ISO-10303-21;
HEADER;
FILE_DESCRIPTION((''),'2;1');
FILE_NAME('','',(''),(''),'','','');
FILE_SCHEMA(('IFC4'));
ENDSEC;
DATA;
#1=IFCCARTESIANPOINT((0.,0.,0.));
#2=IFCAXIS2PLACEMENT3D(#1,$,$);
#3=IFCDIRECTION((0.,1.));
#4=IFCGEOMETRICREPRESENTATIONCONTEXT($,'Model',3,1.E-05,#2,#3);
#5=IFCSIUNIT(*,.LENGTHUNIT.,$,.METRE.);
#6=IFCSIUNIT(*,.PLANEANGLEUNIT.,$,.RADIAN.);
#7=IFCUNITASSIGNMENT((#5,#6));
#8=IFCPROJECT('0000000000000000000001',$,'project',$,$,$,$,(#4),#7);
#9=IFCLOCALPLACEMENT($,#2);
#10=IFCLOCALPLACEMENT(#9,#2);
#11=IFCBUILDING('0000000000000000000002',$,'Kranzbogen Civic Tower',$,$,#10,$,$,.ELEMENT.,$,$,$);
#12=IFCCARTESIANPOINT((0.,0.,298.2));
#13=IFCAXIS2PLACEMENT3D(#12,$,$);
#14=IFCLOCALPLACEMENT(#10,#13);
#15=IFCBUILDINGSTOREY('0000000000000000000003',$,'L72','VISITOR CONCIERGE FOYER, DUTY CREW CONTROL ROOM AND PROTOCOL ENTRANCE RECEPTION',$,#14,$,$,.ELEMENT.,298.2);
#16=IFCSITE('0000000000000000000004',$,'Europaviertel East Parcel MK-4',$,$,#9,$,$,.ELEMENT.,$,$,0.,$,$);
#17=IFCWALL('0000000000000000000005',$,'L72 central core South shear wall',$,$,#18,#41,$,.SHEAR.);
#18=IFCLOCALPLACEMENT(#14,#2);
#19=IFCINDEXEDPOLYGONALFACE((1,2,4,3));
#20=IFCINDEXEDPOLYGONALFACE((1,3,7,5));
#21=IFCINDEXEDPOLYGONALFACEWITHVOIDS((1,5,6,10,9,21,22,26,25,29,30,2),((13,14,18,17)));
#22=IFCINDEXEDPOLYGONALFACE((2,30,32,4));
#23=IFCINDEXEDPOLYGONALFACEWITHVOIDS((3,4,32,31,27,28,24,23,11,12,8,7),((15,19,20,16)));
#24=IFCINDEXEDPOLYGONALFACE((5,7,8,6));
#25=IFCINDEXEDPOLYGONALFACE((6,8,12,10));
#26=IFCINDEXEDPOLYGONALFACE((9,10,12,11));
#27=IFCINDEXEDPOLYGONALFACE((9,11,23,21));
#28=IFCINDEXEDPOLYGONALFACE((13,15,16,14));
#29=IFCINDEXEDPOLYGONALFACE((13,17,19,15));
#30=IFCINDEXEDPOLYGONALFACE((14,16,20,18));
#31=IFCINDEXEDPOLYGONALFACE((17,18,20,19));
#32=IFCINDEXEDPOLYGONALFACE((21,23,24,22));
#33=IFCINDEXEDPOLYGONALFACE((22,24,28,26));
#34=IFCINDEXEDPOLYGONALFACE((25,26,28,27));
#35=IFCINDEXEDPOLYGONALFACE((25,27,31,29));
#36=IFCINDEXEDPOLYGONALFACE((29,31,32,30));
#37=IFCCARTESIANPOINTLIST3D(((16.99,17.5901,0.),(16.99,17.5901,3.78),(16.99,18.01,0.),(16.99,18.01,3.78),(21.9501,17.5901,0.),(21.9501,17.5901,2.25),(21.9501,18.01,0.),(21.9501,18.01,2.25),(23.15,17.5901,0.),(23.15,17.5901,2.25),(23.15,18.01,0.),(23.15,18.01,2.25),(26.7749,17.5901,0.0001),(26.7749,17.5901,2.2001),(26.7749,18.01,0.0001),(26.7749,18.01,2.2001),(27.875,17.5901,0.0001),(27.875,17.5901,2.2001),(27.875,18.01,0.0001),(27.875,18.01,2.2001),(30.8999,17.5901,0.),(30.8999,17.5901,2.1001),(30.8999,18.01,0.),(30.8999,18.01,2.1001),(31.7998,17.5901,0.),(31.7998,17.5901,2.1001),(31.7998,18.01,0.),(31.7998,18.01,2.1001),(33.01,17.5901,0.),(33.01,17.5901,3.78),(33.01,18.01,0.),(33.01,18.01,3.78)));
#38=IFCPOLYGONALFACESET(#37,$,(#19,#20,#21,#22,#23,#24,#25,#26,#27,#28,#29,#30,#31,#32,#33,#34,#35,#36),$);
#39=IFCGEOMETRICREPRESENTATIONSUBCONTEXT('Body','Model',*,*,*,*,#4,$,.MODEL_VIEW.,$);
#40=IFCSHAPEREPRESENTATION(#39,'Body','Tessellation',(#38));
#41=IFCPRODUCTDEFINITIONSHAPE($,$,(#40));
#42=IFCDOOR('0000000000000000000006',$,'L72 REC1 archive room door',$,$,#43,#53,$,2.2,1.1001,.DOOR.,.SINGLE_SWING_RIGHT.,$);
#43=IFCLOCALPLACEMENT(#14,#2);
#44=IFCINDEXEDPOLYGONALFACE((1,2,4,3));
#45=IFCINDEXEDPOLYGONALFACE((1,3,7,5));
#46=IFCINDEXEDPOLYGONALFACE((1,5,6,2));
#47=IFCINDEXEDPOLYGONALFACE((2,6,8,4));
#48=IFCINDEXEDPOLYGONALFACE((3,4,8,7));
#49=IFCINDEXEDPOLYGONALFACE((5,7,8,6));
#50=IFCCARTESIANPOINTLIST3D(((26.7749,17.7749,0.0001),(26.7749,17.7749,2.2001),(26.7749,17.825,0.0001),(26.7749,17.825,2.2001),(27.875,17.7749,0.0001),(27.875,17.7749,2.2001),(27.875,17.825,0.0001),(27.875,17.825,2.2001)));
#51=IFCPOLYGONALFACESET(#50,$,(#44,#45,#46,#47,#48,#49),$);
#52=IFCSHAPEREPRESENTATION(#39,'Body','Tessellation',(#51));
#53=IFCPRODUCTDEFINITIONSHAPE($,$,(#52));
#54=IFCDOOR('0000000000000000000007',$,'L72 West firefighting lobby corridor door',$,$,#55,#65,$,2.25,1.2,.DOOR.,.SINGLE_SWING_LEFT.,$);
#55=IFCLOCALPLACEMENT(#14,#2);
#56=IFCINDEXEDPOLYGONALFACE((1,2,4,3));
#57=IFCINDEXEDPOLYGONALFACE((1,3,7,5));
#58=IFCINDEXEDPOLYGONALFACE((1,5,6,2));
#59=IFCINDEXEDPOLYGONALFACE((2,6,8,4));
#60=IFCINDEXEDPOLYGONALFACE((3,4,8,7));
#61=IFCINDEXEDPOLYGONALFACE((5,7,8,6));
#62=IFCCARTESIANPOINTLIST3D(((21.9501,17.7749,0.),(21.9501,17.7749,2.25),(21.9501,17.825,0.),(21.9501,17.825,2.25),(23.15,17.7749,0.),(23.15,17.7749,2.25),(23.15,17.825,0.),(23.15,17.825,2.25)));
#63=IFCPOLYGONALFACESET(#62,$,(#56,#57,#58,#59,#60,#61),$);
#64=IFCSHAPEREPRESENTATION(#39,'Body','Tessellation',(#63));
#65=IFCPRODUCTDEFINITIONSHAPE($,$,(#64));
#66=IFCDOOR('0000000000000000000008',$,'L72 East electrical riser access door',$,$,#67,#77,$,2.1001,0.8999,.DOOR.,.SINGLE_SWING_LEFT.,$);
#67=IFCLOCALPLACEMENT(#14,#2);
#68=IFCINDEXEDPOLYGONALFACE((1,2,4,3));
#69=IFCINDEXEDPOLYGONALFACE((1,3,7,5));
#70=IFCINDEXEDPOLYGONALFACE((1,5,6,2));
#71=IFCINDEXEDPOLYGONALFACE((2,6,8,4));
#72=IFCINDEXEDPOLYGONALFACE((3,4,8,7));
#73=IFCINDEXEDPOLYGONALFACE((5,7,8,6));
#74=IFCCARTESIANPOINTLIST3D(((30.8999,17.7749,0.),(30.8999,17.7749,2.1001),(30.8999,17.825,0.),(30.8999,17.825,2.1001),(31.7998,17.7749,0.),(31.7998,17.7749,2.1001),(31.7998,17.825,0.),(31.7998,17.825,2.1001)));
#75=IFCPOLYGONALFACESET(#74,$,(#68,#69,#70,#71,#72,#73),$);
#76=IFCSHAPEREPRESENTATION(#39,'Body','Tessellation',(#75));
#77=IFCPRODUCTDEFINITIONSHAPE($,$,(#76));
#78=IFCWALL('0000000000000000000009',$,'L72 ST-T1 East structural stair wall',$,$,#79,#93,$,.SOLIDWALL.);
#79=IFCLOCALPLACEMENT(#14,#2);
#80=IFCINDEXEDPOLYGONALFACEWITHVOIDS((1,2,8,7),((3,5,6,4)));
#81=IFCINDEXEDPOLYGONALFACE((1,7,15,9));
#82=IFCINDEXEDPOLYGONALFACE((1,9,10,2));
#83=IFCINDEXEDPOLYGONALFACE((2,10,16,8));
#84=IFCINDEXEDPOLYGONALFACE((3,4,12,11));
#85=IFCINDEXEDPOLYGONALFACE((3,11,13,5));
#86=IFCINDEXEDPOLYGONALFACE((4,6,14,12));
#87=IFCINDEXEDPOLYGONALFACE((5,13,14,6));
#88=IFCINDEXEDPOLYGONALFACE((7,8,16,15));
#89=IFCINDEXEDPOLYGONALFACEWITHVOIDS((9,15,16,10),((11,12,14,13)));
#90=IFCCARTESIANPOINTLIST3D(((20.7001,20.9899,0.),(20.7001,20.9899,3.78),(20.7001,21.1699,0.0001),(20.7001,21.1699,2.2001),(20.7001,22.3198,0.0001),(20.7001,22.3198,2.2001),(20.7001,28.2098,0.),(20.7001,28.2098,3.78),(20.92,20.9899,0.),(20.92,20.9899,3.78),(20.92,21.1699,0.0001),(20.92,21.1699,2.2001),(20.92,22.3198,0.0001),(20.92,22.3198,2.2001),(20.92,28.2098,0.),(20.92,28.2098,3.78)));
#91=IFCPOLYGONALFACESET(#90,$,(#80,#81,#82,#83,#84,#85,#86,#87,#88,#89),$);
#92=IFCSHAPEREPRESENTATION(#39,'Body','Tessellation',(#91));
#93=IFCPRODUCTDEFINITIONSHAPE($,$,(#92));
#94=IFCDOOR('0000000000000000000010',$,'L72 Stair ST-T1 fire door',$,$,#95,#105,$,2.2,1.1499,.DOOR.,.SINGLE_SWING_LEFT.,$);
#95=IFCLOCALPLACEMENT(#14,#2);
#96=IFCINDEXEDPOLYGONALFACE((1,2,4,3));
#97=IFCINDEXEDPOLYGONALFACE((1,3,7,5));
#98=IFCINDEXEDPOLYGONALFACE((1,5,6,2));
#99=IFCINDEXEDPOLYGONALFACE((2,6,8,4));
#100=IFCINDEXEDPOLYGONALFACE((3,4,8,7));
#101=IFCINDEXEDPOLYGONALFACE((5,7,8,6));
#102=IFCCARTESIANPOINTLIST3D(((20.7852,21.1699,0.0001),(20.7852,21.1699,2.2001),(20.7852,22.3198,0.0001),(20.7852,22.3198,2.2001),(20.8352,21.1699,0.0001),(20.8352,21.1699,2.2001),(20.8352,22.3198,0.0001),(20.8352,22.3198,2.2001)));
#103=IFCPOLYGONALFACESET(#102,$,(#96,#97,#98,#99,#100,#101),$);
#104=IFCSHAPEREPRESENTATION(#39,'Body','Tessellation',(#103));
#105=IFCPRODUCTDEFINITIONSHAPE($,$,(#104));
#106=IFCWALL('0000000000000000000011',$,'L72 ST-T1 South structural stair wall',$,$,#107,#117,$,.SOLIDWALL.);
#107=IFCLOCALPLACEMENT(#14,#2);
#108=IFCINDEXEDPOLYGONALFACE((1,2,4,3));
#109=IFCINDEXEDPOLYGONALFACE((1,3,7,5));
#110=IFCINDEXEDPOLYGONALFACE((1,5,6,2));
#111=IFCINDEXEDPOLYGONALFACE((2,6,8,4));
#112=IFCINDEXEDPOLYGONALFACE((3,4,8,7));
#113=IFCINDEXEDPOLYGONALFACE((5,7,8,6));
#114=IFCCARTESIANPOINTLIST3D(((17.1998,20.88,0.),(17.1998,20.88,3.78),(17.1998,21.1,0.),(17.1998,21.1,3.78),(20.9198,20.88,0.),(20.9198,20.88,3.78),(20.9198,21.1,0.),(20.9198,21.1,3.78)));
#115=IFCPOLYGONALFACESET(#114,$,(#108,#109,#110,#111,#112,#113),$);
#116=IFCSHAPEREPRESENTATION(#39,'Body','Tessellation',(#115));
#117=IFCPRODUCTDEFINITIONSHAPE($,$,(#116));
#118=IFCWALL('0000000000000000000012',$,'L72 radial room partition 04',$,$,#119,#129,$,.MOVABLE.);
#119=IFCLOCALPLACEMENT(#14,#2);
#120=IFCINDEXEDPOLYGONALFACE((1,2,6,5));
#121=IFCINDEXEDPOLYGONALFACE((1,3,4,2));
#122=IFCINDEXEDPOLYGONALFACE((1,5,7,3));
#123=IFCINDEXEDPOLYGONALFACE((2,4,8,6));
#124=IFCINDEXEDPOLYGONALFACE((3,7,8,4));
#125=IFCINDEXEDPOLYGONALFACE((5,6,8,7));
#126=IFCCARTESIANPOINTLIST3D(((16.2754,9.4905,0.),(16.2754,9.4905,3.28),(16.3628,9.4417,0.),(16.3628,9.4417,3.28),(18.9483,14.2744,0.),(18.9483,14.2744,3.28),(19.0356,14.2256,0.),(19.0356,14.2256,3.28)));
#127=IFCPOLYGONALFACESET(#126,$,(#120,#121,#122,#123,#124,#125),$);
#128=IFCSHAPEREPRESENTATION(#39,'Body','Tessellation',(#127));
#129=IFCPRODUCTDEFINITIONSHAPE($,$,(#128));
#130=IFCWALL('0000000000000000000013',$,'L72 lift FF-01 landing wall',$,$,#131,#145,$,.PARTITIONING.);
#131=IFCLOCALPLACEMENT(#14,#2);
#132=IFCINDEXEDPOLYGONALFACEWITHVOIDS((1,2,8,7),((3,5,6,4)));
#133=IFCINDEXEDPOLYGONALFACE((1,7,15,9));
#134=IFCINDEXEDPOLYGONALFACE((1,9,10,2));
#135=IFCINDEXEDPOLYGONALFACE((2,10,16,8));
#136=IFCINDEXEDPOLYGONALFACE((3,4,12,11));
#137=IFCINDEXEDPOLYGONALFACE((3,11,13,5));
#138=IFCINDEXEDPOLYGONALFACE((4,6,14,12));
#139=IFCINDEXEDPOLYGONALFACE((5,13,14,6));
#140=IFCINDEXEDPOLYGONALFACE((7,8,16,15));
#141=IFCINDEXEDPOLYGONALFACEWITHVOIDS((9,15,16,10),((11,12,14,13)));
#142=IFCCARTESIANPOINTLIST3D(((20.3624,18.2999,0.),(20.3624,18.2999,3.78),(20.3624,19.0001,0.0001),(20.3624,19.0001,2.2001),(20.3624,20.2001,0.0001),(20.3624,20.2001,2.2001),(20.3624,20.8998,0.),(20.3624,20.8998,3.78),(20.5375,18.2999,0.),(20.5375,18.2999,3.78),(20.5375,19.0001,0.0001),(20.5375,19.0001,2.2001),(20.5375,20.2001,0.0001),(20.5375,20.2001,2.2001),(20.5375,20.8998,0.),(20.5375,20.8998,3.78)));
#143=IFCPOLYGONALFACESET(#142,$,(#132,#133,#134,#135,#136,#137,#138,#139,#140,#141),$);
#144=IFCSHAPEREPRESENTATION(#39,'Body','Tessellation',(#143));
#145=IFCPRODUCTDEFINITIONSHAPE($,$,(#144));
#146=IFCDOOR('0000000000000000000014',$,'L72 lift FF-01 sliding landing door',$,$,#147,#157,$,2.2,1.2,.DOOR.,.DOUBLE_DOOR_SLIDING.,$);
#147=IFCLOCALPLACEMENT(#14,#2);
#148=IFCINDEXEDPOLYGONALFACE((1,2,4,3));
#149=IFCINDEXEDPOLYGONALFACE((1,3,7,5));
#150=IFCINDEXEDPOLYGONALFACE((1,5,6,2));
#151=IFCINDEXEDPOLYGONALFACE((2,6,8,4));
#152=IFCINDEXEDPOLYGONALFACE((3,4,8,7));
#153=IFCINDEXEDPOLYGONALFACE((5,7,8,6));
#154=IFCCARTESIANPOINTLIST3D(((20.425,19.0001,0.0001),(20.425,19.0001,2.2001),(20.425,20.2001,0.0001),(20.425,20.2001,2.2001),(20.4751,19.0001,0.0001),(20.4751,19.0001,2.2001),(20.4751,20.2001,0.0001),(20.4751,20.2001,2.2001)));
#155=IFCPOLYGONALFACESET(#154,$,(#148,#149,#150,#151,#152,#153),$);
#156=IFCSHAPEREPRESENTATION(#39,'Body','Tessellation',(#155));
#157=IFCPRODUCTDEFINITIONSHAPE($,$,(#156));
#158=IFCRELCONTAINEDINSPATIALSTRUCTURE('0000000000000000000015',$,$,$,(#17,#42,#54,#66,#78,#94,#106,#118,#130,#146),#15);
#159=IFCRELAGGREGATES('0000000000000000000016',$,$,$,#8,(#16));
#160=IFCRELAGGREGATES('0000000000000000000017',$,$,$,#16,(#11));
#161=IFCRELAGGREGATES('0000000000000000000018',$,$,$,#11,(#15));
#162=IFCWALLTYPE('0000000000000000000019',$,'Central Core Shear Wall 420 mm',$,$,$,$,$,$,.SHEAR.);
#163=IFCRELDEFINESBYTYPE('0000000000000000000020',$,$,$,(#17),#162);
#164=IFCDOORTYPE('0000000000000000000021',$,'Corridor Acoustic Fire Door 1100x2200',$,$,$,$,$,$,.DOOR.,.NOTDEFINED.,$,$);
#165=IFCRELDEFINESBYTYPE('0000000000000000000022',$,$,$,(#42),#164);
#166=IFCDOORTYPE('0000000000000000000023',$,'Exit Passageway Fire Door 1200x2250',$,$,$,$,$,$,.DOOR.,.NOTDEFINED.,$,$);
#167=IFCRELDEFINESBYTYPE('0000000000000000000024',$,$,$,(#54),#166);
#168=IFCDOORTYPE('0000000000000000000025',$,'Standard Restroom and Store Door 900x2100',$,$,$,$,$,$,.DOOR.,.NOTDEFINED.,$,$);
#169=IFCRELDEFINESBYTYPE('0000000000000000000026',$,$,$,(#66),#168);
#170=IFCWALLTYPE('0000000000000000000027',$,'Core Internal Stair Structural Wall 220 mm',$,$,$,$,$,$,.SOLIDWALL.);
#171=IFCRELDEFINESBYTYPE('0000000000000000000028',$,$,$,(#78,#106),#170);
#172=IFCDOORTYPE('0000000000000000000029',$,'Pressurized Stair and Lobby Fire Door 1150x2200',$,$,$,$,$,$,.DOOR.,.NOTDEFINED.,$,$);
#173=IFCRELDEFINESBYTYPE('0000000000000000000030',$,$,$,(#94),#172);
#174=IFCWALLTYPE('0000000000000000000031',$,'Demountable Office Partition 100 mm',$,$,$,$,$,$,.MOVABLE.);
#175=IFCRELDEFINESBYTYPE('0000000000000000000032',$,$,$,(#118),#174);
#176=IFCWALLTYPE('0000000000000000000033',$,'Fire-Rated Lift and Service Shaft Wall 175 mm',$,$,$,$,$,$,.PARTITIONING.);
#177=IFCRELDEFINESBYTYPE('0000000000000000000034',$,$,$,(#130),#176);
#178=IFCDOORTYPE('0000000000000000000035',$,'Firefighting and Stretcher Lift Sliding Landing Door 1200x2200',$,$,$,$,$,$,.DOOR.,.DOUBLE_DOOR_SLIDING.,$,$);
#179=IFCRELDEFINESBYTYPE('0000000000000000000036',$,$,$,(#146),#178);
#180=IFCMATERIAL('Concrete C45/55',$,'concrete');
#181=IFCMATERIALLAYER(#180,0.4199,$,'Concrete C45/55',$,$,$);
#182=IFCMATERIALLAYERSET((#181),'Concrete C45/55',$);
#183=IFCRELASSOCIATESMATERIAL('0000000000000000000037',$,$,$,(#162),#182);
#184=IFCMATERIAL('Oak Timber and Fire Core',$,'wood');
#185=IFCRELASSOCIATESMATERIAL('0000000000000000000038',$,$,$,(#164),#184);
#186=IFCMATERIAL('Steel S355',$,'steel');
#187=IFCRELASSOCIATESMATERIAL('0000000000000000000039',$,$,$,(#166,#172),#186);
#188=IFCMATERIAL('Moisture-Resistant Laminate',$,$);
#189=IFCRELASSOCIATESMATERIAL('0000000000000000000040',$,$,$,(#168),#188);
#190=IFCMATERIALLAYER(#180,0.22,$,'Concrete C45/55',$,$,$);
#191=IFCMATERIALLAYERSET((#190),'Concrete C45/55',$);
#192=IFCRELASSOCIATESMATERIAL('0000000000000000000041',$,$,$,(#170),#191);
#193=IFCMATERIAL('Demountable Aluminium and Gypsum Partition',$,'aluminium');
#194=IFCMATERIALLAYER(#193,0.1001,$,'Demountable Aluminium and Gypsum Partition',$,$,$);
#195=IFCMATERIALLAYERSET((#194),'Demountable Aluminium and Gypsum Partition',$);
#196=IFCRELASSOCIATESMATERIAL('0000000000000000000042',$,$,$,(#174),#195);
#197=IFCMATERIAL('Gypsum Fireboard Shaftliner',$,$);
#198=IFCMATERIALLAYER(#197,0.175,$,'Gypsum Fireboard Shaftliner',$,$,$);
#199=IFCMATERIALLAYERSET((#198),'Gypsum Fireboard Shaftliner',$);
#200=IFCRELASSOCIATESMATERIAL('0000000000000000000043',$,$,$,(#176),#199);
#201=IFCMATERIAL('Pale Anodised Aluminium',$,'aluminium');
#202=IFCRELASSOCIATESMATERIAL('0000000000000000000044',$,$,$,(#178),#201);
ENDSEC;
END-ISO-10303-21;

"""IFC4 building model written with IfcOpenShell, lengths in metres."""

from ifc_helpers import new_model, si_unit, direction, frame, frame_2d, origin, place, context, subcontext, project, spatial, rectangle, extrude, material, layer, layer_set, type_object, element, fill, save


model = new_model("IFC4")

# Units and contexts
model_context = context("Model", 3, precision=1e-05, world=origin(), true_north=direction((0.0, 1.0)))
body_context = subcontext(model_context, "Body", "Model", "MODEL_VIEW")
ifc_project = project(units=[si_unit("LENGTHUNIT", "METRE"), si_unit("PLANEANGLEUNIT", "RADIAN")], contexts=[model_context])

# Site, building, storey
site_placement = place(None, origin())
site = spatial("IfcSite", under=ifc_project, at=site_placement, Name="Europaviertel East Parcel MK-4", CompositionType="ELEMENT", RefElevation=0.0)
building_placement = place(site_placement, origin())
building = spatial("IfcBuilding", under=site, at=building_placement, Name="Kranzbogen Civic Tower", CompositionType="ELEMENT")
storey_placement = place(building_placement, frame((0.0, 0.0, 298.2)))
storey = spatial("IfcBuildingStorey", under=building, at=storey_placement, Name="L72", Description="VISITOR CONCIERGE FOYER, DUTY CREW CONTROL ROOM AND PROTOCOL ENTRANCE RECEPTION", CompositionType="ELEMENT", Elevation=298.2)

# Shared definitions
ifc_material_1 = material(Name="Steel S355", Category="steel")

# Shared definitions
ifc_material_2 = material(Name="Pale Anodised Aluminium", Category="aluminium")

# Wall, openings, doors
ifc_material_3 = material(Name="Concrete C45/55", Category="concrete")
ifc_layer_1 = layer(ifc_material_3, 0.4199, Name="Concrete C45/55")
ifc_layer_set_1 = layer_set([ifc_layer_1], Name="Concrete C45/55")
wall_type_1 = type_object("IfcWallType", Name="Central Core Shear Wall 420 mm", PredefinedType="SHEAR", material=ifc_layer_set_1)
wall_1_placement = place(storey_placement, frame((16.99, 17.8, 0.0), z_axis=(0.0, 0.0, 1.0), x_axis=(1.0, 0.0, 0.0)))
wall_1 = element("IfcWall", 1, at=wall_1_placement, inside=storey, type_object=wall_type_1, Name="L72 central core South shear wall", PredefinedType="SHEAR", context=body_context, shape_type="SweptSolid", body=[
    extrude(rectangle(XDim=16.02, YDim=0.4199, at=frame_2d((8.01, 0.0))), origin(), (0.0, 0.0, 1.0), 3.78),
])
opening_1_placement = place(wall_1_placement, frame((4.96, 0.0, 0.0)))
opening_1 = element("IfcOpeningElement", 2, at=opening_1_placement, cuts=wall_1, PredefinedType="OPENING", context=body_context, shape_type="SweptSolid", body=[
    extrude(rectangle(XDim=1.2, YDim=2.25, at=frame_2d((0.6001, 1.125))), frame((0.0, 0.22, 0.0), z_axis=(0.0, -1.0, 0.0), x_axis=(1.0, 0.0, 0.0)), (0.0, 0.0, 1.0), 0.4399),
])
opening_2_placement = place(wall_1_placement, frame((13.9099, 0.0, 0.0)))
opening_2 = element("IfcOpeningElement", 3, at=opening_2_placement, cuts=wall_1, PredefinedType="OPENING", context=body_context, shape_type="SweptSolid", body=[
    extrude(rectangle(XDim=0.8999, YDim=2.1001, at=frame_2d((0.45, 1.05))), frame((0.0, 0.22, 0.0), z_axis=(0.0, -1.0, 0.0), x_axis=(1.0, 0.0, 0.0)), (0.0, 0.0, 1.0), 0.4399),
])
opening_3_placement = place(wall_1_placement, frame((9.7849, 0.0, 0.0)))
opening_3 = element("IfcOpeningElement", 4, at=opening_3_placement, cuts=wall_1, PredefinedType="OPENING", context=body_context, shape_type="SweptSolid", body=[
    extrude(rectangle(XDim=1.1001, YDim=2.2, at=frame_2d((0.55, 1.1001))), frame((0.0, 0.22, 0.0), z_axis=(0.0, -1.0, 0.0), x_axis=(1.0, 0.0, 0.0)), (0.0, 0.0, 1.0), 0.4399),
])
ifc_material_4 = material(Name="Oak Timber and Fire Core", Category="wood")
door_type_1 = type_object("IfcDoorType", Name="Corridor Acoustic Fire Door 1100x2200", OperationType="NOTDEFINED", PredefinedType="DOOR", material=ifc_material_4)
door_1_placement = place(opening_3_placement, origin())
door_1 = element("IfcDoor", 5, at=door_1_placement, inside=storey, type_object=door_type_1, Name="L72 REC1 archive room door", OperationType="SINGLE_SWING_RIGHT", OverallHeight=2.2, OverallWidth=1.1001, PredefinedType="DOOR", context=body_context, shape_type="SweptSolid", body=[
    extrude(rectangle(XDim=1.1001, YDim=2.2, at=frame_2d((0.55, 1.1001))), frame((0.0, 0.0249, 0.0), z_axis=(0.0, -1.0, 0.0), x_axis=(1.0, 0.0, 0.0)), (0.0, 0.0, 1.0), 0.05),
])
fill(opening_3, door_1)
door_type_2 = type_object("IfcDoorType", Name="Exit Passageway Fire Door 1200x2250", OperationType="NOTDEFINED", PredefinedType="DOOR", material=ifc_material_1)
door_2_placement = place(opening_1_placement, origin())
door_2 = element("IfcDoor", 6, at=door_2_placement, inside=storey, type_object=door_type_2, Name="L72 West firefighting lobby corridor door", OperationType="SINGLE_SWING_LEFT", OverallHeight=2.25, OverallWidth=1.2, PredefinedType="DOOR", context=body_context, shape_type="SweptSolid", body=[
    extrude(rectangle(XDim=1.2, YDim=2.25, at=frame_2d((0.6001, 1.125))), frame((0.0, 0.0249, 0.0), z_axis=(0.0, -1.0, 0.0), x_axis=(1.0, 0.0, 0.0)), (0.0, 0.0, 1.0), 0.05),
])
fill(opening_1, door_2)
ifc_material_5 = material(Name="Moisture-Resistant Laminate")
door_type_3 = type_object("IfcDoorType", Name="Standard Restroom and Store Door 900x2100", OperationType="NOTDEFINED", PredefinedType="DOOR", material=ifc_material_5)
door_3_placement = place(opening_2_placement, origin())
door_3 = element("IfcDoor", 7, at=door_3_placement, inside=storey, type_object=door_type_3, Name="L72 East electrical riser access door", OperationType="SINGLE_SWING_LEFT", OverallHeight=2.1001, OverallWidth=0.8999, PredefinedType="DOOR", context=body_context, shape_type="SweptSolid", body=[
    extrude(rectangle(XDim=0.8999, YDim=2.1001, at=frame_2d((0.45, 1.05))), frame((0.0, 0.0249, 0.0), z_axis=(0.0, -1.0, 0.0), x_axis=(1.0, 0.0, 0.0)), (0.0, 0.0, 1.0), 0.05),
])
fill(opening_2, door_3)

# Wall, opening, door
ifc_layer_2 = layer(ifc_material_3, 0.22, Name="Concrete C45/55")
ifc_layer_set_2 = layer_set([ifc_layer_2], Name="Concrete C45/55")
wall_type_2 = type_object("IfcWallType", Name="Core Internal Stair Structural Wall 220 mm", PredefinedType="SOLIDWALL", material=ifc_layer_set_2)
wall_2_placement = place(storey_placement, frame((20.8101, 20.99, 0.0), z_axis=(0.0, 0.0, 1.0), x_axis=(0.0, 1.0, 0.0)))
wall_2 = element("IfcWall", 8, at=wall_2_placement, inside=storey, type_object=wall_type_2, Name="L72 ST-T1 East structural stair wall", PredefinedType="SOLIDWALL", context=body_context, shape_type="SweptSolid", body=[
    extrude(rectangle(XDim=7.22, YDim=0.22, at=frame_2d((3.6099, 0.0))), origin(), (0.0, 0.0, 1.0), 3.78),
])
opening_4_placement = place(wall_2_placement, frame((0.1799, 0.0, 0.0)))
opening_4 = element("IfcOpeningElement", 9, at=opening_4_placement, cuts=wall_2, PredefinedType="OPENING", context=body_context, shape_type="SweptSolid", body=[
    extrude(rectangle(XDim=1.1499, YDim=2.2, at=frame_2d((0.575, 1.1001))), frame((0.0, 0.1201, 0.0), z_axis=(0.0, -1.0, 0.0), x_axis=(1.0, 0.0, 0.0)), (0.0, 0.0, 1.0), 0.24),
])
door_type_4 = type_object("IfcDoorType", Name="Pressurized Stair and Lobby Fire Door 1150x2200", OperationType="NOTDEFINED", PredefinedType="DOOR", material=ifc_material_1)
door_4_placement = place(opening_4_placement, origin())
door_4 = element("IfcDoor", 10, at=door_4_placement, inside=storey, type_object=door_type_4, Name="L72 Stair ST-T1 fire door", OperationType="SINGLE_SWING_LEFT", OverallHeight=2.2, OverallWidth=1.1499, PredefinedType="DOOR", context=body_context, shape_type="SweptSolid", body=[
    extrude(rectangle(XDim=1.1499, YDim=2.2, at=frame_2d((0.575, 1.1001))), frame((0.0, 0.0249, 0.0), z_axis=(0.0, -1.0, 0.0), x_axis=(1.0, 0.0, 0.0)), (0.0, 0.0, 1.0), 0.05),
])
fill(opening_4, door_4)

# Walls
wall_3_placement = place(storey_placement, frame((17.2, 20.99, 0.0), z_axis=(0.0, 0.0, 1.0), x_axis=(1.0, 0.0, 0.0)))
element("IfcWall", 11, at=wall_3_placement, inside=storey, type_object=wall_type_2, Name="L72 ST-T1 South structural stair wall", PredefinedType="SOLIDWALL", context=body_context, shape_type="SweptSolid", body=[
    extrude(rectangle(XDim=3.72, YDim=0.22, at=frame_2d((1.8599, 0.0))), origin(), (0.0, 0.0, 1.0), 3.78),
])
ifc_material_6 = material(Name="Demountable Aluminium and Gypsum Partition", Category="aluminium")
ifc_layer_3 = layer(ifc_material_6, 0.1001, Name="Demountable Aluminium and Gypsum Partition")
ifc_layer_set_3 = layer_set([ifc_layer_3], Name="Demountable Aluminium and Gypsum Partition")
wall_type_3 = type_object("IfcWallType", Name="Demountable Office Partition 100 mm", PredefinedType="MOVABLE", material=ifc_layer_set_3)
wall_4_placement = place(storey_placement, frame((18.9919, 14.25, 0.0), z_axis=(0.0, 0.0, 1.0), x_axis=(-0.487748, -0.872984, 0.0)))
element("IfcWall", 12, at=wall_4_placement, inside=storey, type_object=wall_type_3, Name="L72 radial room partition 04", PredefinedType="MOVABLE", context=body_context, shape_type="SweptSolid", body=[
    extrude(rectangle(XDim=5.48, YDim=0.1001, at=frame_2d((2.74, 0.0))), origin(), (0.0, 0.0, 1.0), 3.28),
])

# Wall, opening, door
ifc_material_7 = material(Name="Gypsum Fireboard Shaftliner")
ifc_layer_4 = layer(ifc_material_7, 0.175, Name="Gypsum Fireboard Shaftliner")
ifc_layer_set_4 = layer_set([ifc_layer_4], Name="Gypsum Fireboard Shaftliner")
wall_type_4 = type_object("IfcWallType", Name="Fire-Rated Lift and Service Shaft Wall 175 mm", PredefinedType="PARTITIONING", material=ifc_layer_set_4)
wall_5_placement = place(storey_placement, frame((20.45, 18.3, 0.0), z_axis=(0.0, 0.0, 1.0), x_axis=(0.0, 1.0, 0.0)))
wall_5 = element("IfcWall", 13, at=wall_5_placement, inside=storey, type_object=wall_type_4, Name="L72 lift FF-01 landing wall", PredefinedType="PARTITIONING", context=body_context, shape_type="SweptSolid", body=[
    extrude(rectangle(XDim=2.5999, YDim=0.175, at=frame_2d((1.2998, 0.0))), origin(), (0.0, 0.0, 1.0), 3.78),
])
opening_5_placement = place(wall_5_placement, frame((0.7, 0.0, 0.0)))
opening_5 = element("IfcOpeningElement", 14, at=opening_5_placement, cuts=wall_5, PredefinedType="OPENING", context=body_context, shape_type="SweptSolid", body=[
    extrude(rectangle(XDim=1.2, YDim=2.2, at=frame_2d((0.6001, 1.1001))), frame((0.0, 0.0977, 0.0), z_axis=(0.0, -1.0, 0.0), x_axis=(1.0, 0.0, 0.0)), (0.0, 0.0, 1.0), 0.1951),
])
door_type_5 = type_object("IfcDoorType", Name="Firefighting and Stretcher Lift Sliding Landing Door 1200x2200", OperationType="DOUBLE_DOOR_SLIDING", PredefinedType="DOOR", material=ifc_material_2)
door_5_placement = place(opening_5_placement, origin())
door_5 = element("IfcDoor", 15, at=door_5_placement, inside=storey, type_object=door_type_5, Name="L72 lift FF-01 sliding landing door", OperationType="DOUBLE_DOOR_SLIDING", OverallHeight=2.2, OverallWidth=1.2, PredefinedType="DOOR", context=body_context, shape_type="SweptSolid", body=[
    extrude(rectangle(XDim=1.2, YDim=2.2, at=frame_2d((0.6001, 1.1001))), frame((0.0, 0.0249, 0.0), z_axis=(0.0, -1.0, 0.0), x_axis=(1.0, 0.0, 0.0)), (0.0, 0.0, 1.0), 0.05),
])
fill(opening_5, door_5)

save(model, "model.ifc")
